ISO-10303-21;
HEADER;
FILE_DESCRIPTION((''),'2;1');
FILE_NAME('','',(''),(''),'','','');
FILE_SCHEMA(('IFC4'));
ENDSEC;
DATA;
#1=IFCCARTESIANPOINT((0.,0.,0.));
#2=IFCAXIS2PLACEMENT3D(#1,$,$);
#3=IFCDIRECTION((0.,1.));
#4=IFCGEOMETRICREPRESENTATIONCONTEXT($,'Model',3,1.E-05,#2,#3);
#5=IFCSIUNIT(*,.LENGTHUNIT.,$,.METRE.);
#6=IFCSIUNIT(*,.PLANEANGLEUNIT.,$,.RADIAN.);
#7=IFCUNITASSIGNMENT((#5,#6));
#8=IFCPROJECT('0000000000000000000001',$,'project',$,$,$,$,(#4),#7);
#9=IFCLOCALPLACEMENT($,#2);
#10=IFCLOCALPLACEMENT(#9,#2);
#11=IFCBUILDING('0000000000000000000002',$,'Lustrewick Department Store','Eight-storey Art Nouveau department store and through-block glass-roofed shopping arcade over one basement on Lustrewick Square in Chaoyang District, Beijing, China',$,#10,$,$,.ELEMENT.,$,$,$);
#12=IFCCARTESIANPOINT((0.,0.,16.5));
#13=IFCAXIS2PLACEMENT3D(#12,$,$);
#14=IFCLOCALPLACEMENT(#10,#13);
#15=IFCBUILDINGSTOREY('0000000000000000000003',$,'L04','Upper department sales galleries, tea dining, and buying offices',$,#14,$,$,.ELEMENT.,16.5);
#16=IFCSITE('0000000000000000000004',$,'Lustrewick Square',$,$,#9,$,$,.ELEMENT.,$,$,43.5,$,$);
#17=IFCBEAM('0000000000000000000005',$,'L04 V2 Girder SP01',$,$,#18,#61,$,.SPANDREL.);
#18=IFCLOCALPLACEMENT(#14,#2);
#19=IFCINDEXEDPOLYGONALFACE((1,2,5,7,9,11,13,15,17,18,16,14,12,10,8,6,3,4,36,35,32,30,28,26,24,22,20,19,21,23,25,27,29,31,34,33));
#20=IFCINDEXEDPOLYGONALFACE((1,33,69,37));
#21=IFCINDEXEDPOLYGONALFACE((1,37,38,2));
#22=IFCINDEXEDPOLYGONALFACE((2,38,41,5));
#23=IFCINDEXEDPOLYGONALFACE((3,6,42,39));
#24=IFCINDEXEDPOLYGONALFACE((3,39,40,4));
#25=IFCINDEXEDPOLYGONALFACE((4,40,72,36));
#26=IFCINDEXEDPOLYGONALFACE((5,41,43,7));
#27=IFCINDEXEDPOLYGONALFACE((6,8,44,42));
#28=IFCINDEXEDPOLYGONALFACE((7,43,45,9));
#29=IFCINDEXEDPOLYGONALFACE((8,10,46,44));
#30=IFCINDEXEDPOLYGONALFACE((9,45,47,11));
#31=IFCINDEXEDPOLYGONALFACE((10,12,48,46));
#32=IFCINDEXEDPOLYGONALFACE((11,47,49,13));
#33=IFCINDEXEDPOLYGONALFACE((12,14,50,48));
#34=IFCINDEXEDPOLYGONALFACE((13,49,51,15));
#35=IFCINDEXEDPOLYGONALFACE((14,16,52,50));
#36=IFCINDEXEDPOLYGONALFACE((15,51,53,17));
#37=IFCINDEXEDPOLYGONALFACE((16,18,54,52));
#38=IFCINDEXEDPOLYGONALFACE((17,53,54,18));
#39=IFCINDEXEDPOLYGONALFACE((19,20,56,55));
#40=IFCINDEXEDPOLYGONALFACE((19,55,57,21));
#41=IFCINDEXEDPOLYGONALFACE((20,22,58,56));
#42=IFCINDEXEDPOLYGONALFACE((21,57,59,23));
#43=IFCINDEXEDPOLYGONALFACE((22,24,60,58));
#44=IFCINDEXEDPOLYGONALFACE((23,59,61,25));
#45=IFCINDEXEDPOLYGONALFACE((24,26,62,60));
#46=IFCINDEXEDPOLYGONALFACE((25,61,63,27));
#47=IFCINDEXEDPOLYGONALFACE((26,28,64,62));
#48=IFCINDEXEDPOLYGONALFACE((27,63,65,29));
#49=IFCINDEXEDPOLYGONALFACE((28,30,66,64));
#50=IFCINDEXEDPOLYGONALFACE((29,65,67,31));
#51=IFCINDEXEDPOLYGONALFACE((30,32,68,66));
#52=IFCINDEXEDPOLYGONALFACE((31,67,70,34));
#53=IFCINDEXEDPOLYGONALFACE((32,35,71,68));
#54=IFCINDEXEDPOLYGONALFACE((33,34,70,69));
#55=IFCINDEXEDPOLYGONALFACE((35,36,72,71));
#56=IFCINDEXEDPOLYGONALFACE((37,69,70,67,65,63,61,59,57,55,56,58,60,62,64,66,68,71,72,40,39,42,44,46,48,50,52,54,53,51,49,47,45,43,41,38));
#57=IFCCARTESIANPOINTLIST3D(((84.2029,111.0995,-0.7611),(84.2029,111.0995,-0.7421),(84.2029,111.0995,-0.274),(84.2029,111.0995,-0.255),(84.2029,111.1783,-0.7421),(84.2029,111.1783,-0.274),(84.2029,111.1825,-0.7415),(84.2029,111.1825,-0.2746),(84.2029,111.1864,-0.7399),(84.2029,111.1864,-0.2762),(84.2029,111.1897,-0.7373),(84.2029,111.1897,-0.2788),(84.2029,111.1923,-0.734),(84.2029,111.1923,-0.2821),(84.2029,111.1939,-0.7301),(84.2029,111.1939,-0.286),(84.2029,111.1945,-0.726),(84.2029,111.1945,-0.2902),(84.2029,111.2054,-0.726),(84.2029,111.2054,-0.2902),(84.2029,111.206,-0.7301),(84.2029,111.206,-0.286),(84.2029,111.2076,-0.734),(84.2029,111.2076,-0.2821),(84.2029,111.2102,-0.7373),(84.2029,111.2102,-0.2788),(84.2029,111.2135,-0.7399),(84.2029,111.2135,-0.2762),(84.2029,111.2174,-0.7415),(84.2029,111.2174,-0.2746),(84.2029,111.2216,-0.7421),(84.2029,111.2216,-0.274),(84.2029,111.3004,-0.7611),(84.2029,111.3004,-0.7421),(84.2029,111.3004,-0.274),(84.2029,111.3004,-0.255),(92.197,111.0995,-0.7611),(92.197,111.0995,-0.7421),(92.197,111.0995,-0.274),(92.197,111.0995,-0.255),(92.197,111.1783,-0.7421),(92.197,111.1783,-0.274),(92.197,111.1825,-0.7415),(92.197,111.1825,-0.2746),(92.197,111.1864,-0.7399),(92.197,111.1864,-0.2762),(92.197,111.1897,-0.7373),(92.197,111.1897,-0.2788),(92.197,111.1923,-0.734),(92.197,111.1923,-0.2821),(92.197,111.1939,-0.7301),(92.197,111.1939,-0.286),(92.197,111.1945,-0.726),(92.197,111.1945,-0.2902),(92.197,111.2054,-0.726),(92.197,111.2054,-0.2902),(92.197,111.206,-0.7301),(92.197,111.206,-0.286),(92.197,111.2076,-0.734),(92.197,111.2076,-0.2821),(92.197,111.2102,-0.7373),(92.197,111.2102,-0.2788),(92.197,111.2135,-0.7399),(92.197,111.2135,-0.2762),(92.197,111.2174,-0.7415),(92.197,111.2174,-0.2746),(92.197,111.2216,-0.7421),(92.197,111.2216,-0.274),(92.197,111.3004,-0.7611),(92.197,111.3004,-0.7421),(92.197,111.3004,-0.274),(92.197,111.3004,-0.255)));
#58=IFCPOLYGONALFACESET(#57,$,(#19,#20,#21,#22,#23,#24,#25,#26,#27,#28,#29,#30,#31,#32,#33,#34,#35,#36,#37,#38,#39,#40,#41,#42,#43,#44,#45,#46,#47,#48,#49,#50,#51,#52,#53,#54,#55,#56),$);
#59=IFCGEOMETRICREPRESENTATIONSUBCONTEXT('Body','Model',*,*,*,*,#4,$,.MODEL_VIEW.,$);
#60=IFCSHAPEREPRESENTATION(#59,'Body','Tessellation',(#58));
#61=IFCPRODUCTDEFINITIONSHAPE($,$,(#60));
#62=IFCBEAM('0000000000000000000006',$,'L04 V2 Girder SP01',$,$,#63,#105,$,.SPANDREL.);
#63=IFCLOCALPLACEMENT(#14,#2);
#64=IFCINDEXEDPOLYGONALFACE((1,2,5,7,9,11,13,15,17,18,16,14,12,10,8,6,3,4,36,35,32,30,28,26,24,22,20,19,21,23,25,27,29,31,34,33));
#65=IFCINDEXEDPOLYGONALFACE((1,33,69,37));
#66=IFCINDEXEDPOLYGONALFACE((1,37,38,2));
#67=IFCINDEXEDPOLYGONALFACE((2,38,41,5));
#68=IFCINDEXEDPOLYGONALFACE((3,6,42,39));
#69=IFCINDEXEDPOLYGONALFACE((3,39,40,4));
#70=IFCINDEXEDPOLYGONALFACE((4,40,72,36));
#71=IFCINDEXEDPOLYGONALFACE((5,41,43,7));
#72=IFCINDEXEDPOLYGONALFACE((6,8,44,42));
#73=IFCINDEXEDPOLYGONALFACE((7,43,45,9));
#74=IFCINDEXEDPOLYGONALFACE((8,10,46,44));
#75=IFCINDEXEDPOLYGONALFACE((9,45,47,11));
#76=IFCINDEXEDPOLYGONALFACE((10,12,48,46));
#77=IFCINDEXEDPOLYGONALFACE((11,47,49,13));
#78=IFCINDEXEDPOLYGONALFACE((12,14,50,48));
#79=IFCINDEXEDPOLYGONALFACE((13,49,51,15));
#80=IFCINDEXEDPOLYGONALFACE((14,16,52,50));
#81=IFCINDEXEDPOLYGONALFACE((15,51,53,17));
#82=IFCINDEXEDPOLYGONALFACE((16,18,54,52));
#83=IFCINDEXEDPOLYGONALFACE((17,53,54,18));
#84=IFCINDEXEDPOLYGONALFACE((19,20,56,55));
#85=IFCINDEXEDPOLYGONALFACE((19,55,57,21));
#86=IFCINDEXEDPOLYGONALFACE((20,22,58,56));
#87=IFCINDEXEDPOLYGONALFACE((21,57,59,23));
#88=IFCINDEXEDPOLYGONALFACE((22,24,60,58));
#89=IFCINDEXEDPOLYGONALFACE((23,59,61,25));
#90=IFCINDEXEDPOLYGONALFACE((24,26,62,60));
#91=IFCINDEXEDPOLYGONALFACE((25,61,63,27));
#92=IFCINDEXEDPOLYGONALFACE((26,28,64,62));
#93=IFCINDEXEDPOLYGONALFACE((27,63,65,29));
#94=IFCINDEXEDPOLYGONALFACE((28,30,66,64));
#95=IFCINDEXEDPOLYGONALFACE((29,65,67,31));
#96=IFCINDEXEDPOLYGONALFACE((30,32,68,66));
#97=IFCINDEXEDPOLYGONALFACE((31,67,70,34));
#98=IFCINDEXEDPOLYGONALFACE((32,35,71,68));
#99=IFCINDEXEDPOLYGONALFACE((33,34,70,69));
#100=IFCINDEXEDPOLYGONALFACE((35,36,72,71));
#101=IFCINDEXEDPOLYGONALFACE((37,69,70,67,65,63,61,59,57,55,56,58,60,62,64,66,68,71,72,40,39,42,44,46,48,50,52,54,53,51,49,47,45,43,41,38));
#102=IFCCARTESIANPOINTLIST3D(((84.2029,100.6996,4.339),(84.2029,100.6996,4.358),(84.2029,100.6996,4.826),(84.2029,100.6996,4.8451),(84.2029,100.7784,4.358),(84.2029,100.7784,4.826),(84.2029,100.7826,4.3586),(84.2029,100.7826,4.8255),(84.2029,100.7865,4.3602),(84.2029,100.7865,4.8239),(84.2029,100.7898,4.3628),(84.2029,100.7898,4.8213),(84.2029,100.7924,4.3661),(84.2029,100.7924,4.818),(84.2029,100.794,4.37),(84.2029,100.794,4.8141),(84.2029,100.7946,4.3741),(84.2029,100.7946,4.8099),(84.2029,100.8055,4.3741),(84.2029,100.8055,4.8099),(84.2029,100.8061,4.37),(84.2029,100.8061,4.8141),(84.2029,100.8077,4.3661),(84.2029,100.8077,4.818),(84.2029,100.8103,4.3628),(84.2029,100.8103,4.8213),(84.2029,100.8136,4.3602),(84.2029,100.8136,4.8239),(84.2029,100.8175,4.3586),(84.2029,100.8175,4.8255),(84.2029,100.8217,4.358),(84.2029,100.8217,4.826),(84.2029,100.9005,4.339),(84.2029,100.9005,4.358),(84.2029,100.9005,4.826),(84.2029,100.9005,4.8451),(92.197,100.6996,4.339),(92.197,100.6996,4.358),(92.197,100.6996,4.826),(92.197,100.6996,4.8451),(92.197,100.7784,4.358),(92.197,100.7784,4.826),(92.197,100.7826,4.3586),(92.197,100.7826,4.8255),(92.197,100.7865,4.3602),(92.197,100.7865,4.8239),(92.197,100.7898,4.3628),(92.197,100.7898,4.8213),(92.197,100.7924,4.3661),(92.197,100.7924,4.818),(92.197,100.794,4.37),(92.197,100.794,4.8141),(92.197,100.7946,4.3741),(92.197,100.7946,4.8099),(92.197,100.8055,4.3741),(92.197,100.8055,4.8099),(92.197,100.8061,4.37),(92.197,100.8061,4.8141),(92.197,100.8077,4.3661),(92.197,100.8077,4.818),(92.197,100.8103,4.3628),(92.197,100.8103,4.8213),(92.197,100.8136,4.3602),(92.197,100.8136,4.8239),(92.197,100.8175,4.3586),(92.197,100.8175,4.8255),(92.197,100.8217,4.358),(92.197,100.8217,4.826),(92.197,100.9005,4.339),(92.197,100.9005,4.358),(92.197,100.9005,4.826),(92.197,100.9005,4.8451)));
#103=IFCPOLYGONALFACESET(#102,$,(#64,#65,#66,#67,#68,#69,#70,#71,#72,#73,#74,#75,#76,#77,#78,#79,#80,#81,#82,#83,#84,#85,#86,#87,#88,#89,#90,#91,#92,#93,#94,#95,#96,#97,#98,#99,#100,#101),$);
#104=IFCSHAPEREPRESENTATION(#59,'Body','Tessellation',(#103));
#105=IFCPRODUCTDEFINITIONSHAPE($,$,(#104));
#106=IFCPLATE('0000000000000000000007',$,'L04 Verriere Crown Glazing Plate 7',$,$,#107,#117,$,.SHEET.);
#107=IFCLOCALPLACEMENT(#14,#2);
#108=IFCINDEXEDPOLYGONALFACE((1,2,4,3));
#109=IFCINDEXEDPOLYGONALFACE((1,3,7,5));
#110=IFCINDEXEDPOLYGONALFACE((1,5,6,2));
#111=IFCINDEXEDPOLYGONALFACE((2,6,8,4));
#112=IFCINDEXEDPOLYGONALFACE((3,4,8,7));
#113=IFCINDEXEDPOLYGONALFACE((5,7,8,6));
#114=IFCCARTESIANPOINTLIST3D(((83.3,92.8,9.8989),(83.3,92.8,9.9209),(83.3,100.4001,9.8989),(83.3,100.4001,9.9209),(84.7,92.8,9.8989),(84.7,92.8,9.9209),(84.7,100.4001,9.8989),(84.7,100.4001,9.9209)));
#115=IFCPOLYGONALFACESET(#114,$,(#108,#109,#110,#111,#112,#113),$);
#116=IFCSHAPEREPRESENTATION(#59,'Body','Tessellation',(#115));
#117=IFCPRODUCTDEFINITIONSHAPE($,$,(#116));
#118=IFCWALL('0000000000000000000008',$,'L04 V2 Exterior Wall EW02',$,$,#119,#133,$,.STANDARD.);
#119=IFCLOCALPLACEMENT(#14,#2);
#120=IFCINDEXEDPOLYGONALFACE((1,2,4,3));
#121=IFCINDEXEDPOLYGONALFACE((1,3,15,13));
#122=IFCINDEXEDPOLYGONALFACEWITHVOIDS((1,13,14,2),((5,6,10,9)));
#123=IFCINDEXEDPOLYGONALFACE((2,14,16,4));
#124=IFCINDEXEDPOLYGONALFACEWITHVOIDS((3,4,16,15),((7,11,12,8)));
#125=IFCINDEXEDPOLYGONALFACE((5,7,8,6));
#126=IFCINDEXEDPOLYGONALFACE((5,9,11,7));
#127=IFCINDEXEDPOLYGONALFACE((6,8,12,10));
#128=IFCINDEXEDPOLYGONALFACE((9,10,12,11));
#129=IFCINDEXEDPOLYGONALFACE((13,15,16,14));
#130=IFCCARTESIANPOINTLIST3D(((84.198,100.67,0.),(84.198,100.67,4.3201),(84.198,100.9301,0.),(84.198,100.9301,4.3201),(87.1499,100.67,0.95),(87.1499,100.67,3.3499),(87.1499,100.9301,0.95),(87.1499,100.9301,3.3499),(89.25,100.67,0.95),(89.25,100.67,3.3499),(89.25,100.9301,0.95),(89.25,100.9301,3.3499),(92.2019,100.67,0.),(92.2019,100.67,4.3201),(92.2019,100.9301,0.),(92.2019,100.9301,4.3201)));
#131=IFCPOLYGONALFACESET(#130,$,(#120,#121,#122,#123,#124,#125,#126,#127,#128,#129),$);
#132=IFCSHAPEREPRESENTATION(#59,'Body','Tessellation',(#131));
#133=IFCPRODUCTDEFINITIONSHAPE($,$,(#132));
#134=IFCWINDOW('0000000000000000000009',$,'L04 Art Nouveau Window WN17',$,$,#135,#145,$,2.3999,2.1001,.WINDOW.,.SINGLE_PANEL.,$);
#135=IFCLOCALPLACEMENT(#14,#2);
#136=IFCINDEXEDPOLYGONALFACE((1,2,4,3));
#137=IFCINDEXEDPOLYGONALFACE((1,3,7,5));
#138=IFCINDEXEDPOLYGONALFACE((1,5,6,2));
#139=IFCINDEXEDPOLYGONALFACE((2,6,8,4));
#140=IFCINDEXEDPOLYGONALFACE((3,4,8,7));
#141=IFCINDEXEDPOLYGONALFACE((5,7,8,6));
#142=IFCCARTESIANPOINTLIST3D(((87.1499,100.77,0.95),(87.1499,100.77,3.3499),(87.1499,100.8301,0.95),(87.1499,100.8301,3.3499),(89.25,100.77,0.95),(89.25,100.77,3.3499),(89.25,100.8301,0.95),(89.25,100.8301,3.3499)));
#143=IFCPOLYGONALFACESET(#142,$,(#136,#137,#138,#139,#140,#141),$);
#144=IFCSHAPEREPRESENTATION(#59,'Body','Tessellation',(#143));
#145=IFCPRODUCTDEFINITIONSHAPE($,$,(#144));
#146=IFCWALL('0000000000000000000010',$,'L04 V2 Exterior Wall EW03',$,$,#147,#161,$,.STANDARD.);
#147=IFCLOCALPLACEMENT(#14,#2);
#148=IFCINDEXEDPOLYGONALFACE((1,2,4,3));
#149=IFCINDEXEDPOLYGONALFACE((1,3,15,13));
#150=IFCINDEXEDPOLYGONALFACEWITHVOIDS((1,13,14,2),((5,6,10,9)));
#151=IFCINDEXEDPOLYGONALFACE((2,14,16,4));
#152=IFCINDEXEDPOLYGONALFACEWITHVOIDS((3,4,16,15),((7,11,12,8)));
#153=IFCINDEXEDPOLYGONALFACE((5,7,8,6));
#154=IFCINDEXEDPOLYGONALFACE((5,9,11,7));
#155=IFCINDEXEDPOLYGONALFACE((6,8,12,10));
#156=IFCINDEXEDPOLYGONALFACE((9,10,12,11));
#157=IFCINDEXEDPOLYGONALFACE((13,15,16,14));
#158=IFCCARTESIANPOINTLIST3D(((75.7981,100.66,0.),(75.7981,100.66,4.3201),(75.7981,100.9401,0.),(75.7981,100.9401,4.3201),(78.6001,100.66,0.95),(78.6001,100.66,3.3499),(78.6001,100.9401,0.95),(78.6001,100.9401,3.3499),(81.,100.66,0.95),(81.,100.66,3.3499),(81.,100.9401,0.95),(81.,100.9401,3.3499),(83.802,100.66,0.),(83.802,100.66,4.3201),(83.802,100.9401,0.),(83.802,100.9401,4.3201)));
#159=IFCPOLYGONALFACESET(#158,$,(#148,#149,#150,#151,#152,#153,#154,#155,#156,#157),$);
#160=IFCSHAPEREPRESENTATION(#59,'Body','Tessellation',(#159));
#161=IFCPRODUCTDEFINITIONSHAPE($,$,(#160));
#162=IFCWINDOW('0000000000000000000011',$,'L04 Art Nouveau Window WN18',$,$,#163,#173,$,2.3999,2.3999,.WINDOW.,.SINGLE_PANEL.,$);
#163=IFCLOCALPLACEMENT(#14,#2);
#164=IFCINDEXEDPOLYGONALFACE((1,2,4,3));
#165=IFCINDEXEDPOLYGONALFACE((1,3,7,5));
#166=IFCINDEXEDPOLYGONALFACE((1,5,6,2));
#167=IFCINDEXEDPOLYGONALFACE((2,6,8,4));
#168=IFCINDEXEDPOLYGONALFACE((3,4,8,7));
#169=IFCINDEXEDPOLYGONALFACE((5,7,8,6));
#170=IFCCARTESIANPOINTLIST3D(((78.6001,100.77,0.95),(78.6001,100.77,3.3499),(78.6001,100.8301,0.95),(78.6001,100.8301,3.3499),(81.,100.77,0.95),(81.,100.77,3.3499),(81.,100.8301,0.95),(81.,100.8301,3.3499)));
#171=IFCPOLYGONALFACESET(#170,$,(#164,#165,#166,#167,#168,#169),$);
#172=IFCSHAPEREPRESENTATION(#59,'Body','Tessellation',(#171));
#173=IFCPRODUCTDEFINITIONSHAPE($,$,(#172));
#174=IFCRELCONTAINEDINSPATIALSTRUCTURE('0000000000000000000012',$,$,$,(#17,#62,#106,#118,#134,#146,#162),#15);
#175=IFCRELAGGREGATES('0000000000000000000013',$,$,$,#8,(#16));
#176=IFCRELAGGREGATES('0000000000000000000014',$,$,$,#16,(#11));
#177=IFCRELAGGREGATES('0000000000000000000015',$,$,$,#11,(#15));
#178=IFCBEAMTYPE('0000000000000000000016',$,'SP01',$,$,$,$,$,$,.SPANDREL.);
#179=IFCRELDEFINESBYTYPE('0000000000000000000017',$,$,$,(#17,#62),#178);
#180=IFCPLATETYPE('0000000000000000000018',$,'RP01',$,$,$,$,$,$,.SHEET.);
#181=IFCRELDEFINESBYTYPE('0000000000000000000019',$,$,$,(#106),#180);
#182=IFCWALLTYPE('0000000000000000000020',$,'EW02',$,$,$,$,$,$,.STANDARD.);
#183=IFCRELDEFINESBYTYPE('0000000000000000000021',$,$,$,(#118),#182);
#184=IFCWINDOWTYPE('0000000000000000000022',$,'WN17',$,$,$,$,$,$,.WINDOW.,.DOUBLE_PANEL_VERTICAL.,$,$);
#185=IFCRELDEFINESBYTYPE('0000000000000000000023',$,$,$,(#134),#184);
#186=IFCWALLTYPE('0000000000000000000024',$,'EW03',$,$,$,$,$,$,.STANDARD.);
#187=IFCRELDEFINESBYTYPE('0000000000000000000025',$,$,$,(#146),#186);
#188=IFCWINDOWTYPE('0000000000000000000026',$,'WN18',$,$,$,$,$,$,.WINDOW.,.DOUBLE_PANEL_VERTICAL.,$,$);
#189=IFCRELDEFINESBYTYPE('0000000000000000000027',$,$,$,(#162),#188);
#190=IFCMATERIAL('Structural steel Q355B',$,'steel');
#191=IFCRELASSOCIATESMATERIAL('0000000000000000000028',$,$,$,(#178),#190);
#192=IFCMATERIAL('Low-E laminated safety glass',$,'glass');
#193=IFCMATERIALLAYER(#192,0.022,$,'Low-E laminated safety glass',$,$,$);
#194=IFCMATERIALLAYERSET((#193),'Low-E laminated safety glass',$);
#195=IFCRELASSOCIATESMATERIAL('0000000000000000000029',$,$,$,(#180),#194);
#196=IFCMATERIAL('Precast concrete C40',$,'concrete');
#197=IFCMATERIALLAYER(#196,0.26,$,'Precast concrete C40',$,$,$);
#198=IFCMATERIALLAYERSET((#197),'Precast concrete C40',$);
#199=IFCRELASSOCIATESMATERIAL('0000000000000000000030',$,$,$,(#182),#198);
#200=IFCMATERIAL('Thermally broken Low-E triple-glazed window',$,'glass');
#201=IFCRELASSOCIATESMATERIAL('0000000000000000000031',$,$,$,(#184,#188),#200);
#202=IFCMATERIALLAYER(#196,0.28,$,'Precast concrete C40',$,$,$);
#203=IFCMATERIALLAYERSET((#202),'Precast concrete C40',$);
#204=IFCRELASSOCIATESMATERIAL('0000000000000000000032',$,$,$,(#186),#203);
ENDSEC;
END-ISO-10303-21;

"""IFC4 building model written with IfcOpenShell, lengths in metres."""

from ifc_helpers import new_model, si_unit, direction, frame, frame_2d, origin, origin_2d, place, context, subcontext, project, spatial, rectangle, i_section, extrude, material, layer, layer_set, material_profile, profile_set, type_object, element, fill, save


model = new_model("IFC4")

# Units and contexts
model_context = context("Model", 3, precision=1e-05, world=origin(), true_north=direction((0.0, 1.0)))
body_context = subcontext(model_context, "Body", "Model", "MODEL_VIEW")
ifc_project = project(units=[si_unit("LENGTHUNIT", "METRE"), si_unit("PLANEANGLEUNIT", "RADIAN")], contexts=[model_context])

# Site, building, storey
site_placement = place(None, origin())
site = spatial("IfcSite", under=ifc_project, at=site_placement, Name="Lustrewick Square", CompositionType="ELEMENT", RefElevation=43.5)
building_placement = place(site_placement, origin())
building = spatial("IfcBuilding", under=site, at=building_placement, Name="Lustrewick Department Store", Description="Eight-storey Art Nouveau department store and through-block glass-roofed shopping arcade over one basement on Lustrewick Square in Chaoyang District, Beijing, China", CompositionType="ELEMENT")
storey_placement = place(building_placement, frame((0.0, 0.0, 16.5)))
storey = spatial("IfcBuildingStorey", under=building, at=storey_placement, Name="L04", Description="Upper department sales galleries, tea dining, and buying offices", CompositionType="ELEMENT", Elevation=16.5)

# Beams
ifc_material_1 = material(Name="Structural steel Q355B", Category="steel")
ifc_material_profile_1 = material_profile(ifc_material_1, i_section(OverallWidth=0.2009, OverallDepth=0.5061, WebThickness=0.011, FlangeThickness=0.019, FilletRadius=0.0161, at=origin_2d()), Name="HN 506x201x11x19")
ifc_profile_set_1 = profile_set([ifc_material_profile_1], Name="Structural steel Q355B")
beam_type_1 = type_object("IfcBeamType", Name="SP01", PredefinedType="SPANDREL", material=ifc_profile_set_1)
for number, where, z_axis, x_axis, name in (
    (1, (84.2029, 111.2, -0.5081), (1.0, 0.0, 0.0), (0.0, 1.0, 0.0), "L04 V2 Girder SP01"),
    (2, (84.2029, 100.8, 4.592), (1.0, 0.0, 0.0), (0.0, 1.0, 0.0), "L04 V2 Girder SP01"),
):
    element("IfcBeam", number, at=place(storey_placement, frame(where, z_axis=z_axis, x_axis=x_axis)), inside=storey, type_object=beam_type_1, Name=name, PredefinedType="SPANDREL", context=body_context, shape_type="SweptSolid", body=[
        extrude(i_section(OverallWidth=0.2009, OverallDepth=0.5061, WebThickness=0.011, FlangeThickness=0.019, FilletRadius=0.0161, at=origin_2d()), origin(), (0.0, 0.0, 1.0), 7.9941),
    ])

# Plate
ifc_material_2 = material(Name="Low-E laminated safety glass", Category="glass")
ifc_layer_1 = layer(ifc_material_2, 0.022, Name="Low-E laminated safety glass")
ifc_layer_set_1 = layer_set([ifc_layer_1], Name="Low-E laminated safety glass")
plate_type = type_object("IfcPlateType", Name="RP01", PredefinedType="SHEET", material=ifc_layer_set_1)
plate_placement = place(storey_placement, frame((84.0, 96.6001, 9.8989), z_axis=(0.0, 0.0, 1.0), x_axis=(1.0, 0.0, 0.0)))
element("IfcPlate", 3, at=plate_placement, inside=storey, type_object=plate_type, Name="L04 Verriere Crown Glazing Plate 7", PredefinedType="SHEET", context=body_context, shape_type="SweptSolid", body=[
    extrude(rectangle(XDim=1.3999, YDim=7.6001, at=origin_2d()), origin(), (0.0, 0.0, 1.0), 0.022),
])

# Walls, openings, windows
ifc_material_3 = material(Name="Precast concrete C40", Category="concrete")
ifc_layer_2 = layer(ifc_material_3, 0.26, Name="Precast concrete C40")
ifc_layer_set_2 = layer_set([ifc_layer_2], Name="Precast concrete C40")
wall_type_1 = type_object("IfcWallType", Name="EW02", PredefinedType="STANDARD", material=ifc_layer_set_2)
wall_1_placement = place(storey_placement, frame((92.2019, 100.8, 0.0), z_axis=(0.0, 0.0, 1.0), x_axis=(-1.0, 0.0, 0.0)))
wall_1 = element("IfcWall", 4, at=wall_1_placement, inside=storey, type_object=wall_type_1, Name="L04 V2 Exterior Wall EW02", PredefinedType="STANDARD", context=body_context, shape_type="SweptSolid", body=[
    extrude(rectangle(XDim=8.0039, YDim=0.26, at=frame_2d((4.002, 0.0))), origin(), (0.0, 0.0, 1.0), 4.3201),
])
opening_1_placement = place(wall_1_placement, frame((2.9519, 0.0, 0.95)))
opening_1 = element("IfcOpeningElement", 5, at=opening_1_placement, cuts=wall_1, PredefinedType="OPENING", context=body_context, shape_type="SweptSolid", body=[
    extrude(rectangle(XDim=2.1001, YDim=2.3999, at=frame_2d((1.05, 1.2))), frame((0.0, 0.1401, 0.0), z_axis=(0.0, -1.0, 0.0), x_axis=(1.0, 0.0, 0.0)), (0.0, 0.0, 1.0), 0.28),
])
ifc_material_4 = material(Name="Thermally broken Low-E triple-glazed window", Category="glass")
window_type_1 = type_object("IfcWindowType", Name="WN17", PartitioningType="DOUBLE_PANEL_VERTICAL", PredefinedType="WINDOW", material=ifc_material_4)
window_1_placement = place(opening_1_placement, origin())
window_1 = element("IfcWindow", 6, at=window_1_placement, inside=storey, type_object=window_type_1, Name="L04 Art Nouveau Window WN17", OverallHeight=2.3999, OverallWidth=2.1001, PartitioningType="SINGLE_PANEL", PredefinedType="WINDOW", context=body_context, shape_type="SweptSolid", body=[
    extrude(rectangle(XDim=2.1001, YDim=2.3999, at=frame_2d((1.05, 1.2))), frame((0.0, 0.03, 0.0), z_axis=(0.0, -1.0, 0.0), x_axis=(1.0, 0.0, 0.0)), (0.0, 0.0, 1.0), 0.0601),
])
fill(opening_1, window_1)
ifc_layer_3 = layer(ifc_material_3, 0.28, Name="Precast concrete C40")
ifc_layer_set_3 = layer_set([ifc_layer_3], Name="Precast concrete C40")
wall_type_2 = type_object("IfcWallType", Name="EW03", PredefinedType="STANDARD", material=ifc_layer_set_3)
wall_2_placement = place(storey_placement, frame((83.802, 100.8, 0.0), z_axis=(0.0, 0.0, 1.0), x_axis=(-1.0, 0.0, 0.0)))
wall_2 = element("IfcWall", 7, at=wall_2_placement, inside=storey, type_object=wall_type_2, Name="L04 V2 Exterior Wall EW03", PredefinedType="STANDARD", context=body_context, shape_type="SweptSolid", body=[
    extrude(rectangle(XDim=8.0039, YDim=0.28, at=frame_2d((4.002, 0.0))), origin(), (0.0, 0.0, 1.0), 4.3201),
])
opening_2_placement = place(wall_2_placement, frame((2.802, 0.0, 0.95)))
opening_2 = element("IfcOpeningElement", 8, at=opening_2_placement, cuts=wall_2, PredefinedType="OPENING", context=body_context, shape_type="SweptSolid", body=[
    extrude(rectangle(XDim=2.3999, YDim=2.3999, at=frame_2d((1.2, 1.2))), frame((0.0, 0.1499, 0.0), z_axis=(0.0, -1.0, 0.0), x_axis=(1.0, 0.0, 0.0)), (0.0, 0.0, 1.0), 0.3),
])
window_type_2 = type_object("IfcWindowType", Name="WN18", PartitioningType="DOUBLE_PANEL_VERTICAL", PredefinedType="WINDOW", material=ifc_material_4)
window_2_placement = place(opening_2_placement, origin())
window_2 = element("IfcWindow", 9, at=window_2_placement, inside=storey, type_object=window_type_2, Name="L04 Art Nouveau Window WN18", OverallHeight=2.3999, OverallWidth=2.3999, PartitioningType="SINGLE_PANEL", PredefinedType="WINDOW", context=body_context, shape_type="SweptSolid", body=[
    extrude(rectangle(XDim=2.3999, YDim=2.3999, at=frame_2d((1.2, 1.2))), frame((0.0, 0.03, 0.0), z_axis=(0.0, -1.0, 0.0), x_axis=(1.0, 0.0, 0.0)), (0.0, 0.0, 1.0), 0.0601),
])
fill(opening_2, window_2)

save(model, "model.ifc")
